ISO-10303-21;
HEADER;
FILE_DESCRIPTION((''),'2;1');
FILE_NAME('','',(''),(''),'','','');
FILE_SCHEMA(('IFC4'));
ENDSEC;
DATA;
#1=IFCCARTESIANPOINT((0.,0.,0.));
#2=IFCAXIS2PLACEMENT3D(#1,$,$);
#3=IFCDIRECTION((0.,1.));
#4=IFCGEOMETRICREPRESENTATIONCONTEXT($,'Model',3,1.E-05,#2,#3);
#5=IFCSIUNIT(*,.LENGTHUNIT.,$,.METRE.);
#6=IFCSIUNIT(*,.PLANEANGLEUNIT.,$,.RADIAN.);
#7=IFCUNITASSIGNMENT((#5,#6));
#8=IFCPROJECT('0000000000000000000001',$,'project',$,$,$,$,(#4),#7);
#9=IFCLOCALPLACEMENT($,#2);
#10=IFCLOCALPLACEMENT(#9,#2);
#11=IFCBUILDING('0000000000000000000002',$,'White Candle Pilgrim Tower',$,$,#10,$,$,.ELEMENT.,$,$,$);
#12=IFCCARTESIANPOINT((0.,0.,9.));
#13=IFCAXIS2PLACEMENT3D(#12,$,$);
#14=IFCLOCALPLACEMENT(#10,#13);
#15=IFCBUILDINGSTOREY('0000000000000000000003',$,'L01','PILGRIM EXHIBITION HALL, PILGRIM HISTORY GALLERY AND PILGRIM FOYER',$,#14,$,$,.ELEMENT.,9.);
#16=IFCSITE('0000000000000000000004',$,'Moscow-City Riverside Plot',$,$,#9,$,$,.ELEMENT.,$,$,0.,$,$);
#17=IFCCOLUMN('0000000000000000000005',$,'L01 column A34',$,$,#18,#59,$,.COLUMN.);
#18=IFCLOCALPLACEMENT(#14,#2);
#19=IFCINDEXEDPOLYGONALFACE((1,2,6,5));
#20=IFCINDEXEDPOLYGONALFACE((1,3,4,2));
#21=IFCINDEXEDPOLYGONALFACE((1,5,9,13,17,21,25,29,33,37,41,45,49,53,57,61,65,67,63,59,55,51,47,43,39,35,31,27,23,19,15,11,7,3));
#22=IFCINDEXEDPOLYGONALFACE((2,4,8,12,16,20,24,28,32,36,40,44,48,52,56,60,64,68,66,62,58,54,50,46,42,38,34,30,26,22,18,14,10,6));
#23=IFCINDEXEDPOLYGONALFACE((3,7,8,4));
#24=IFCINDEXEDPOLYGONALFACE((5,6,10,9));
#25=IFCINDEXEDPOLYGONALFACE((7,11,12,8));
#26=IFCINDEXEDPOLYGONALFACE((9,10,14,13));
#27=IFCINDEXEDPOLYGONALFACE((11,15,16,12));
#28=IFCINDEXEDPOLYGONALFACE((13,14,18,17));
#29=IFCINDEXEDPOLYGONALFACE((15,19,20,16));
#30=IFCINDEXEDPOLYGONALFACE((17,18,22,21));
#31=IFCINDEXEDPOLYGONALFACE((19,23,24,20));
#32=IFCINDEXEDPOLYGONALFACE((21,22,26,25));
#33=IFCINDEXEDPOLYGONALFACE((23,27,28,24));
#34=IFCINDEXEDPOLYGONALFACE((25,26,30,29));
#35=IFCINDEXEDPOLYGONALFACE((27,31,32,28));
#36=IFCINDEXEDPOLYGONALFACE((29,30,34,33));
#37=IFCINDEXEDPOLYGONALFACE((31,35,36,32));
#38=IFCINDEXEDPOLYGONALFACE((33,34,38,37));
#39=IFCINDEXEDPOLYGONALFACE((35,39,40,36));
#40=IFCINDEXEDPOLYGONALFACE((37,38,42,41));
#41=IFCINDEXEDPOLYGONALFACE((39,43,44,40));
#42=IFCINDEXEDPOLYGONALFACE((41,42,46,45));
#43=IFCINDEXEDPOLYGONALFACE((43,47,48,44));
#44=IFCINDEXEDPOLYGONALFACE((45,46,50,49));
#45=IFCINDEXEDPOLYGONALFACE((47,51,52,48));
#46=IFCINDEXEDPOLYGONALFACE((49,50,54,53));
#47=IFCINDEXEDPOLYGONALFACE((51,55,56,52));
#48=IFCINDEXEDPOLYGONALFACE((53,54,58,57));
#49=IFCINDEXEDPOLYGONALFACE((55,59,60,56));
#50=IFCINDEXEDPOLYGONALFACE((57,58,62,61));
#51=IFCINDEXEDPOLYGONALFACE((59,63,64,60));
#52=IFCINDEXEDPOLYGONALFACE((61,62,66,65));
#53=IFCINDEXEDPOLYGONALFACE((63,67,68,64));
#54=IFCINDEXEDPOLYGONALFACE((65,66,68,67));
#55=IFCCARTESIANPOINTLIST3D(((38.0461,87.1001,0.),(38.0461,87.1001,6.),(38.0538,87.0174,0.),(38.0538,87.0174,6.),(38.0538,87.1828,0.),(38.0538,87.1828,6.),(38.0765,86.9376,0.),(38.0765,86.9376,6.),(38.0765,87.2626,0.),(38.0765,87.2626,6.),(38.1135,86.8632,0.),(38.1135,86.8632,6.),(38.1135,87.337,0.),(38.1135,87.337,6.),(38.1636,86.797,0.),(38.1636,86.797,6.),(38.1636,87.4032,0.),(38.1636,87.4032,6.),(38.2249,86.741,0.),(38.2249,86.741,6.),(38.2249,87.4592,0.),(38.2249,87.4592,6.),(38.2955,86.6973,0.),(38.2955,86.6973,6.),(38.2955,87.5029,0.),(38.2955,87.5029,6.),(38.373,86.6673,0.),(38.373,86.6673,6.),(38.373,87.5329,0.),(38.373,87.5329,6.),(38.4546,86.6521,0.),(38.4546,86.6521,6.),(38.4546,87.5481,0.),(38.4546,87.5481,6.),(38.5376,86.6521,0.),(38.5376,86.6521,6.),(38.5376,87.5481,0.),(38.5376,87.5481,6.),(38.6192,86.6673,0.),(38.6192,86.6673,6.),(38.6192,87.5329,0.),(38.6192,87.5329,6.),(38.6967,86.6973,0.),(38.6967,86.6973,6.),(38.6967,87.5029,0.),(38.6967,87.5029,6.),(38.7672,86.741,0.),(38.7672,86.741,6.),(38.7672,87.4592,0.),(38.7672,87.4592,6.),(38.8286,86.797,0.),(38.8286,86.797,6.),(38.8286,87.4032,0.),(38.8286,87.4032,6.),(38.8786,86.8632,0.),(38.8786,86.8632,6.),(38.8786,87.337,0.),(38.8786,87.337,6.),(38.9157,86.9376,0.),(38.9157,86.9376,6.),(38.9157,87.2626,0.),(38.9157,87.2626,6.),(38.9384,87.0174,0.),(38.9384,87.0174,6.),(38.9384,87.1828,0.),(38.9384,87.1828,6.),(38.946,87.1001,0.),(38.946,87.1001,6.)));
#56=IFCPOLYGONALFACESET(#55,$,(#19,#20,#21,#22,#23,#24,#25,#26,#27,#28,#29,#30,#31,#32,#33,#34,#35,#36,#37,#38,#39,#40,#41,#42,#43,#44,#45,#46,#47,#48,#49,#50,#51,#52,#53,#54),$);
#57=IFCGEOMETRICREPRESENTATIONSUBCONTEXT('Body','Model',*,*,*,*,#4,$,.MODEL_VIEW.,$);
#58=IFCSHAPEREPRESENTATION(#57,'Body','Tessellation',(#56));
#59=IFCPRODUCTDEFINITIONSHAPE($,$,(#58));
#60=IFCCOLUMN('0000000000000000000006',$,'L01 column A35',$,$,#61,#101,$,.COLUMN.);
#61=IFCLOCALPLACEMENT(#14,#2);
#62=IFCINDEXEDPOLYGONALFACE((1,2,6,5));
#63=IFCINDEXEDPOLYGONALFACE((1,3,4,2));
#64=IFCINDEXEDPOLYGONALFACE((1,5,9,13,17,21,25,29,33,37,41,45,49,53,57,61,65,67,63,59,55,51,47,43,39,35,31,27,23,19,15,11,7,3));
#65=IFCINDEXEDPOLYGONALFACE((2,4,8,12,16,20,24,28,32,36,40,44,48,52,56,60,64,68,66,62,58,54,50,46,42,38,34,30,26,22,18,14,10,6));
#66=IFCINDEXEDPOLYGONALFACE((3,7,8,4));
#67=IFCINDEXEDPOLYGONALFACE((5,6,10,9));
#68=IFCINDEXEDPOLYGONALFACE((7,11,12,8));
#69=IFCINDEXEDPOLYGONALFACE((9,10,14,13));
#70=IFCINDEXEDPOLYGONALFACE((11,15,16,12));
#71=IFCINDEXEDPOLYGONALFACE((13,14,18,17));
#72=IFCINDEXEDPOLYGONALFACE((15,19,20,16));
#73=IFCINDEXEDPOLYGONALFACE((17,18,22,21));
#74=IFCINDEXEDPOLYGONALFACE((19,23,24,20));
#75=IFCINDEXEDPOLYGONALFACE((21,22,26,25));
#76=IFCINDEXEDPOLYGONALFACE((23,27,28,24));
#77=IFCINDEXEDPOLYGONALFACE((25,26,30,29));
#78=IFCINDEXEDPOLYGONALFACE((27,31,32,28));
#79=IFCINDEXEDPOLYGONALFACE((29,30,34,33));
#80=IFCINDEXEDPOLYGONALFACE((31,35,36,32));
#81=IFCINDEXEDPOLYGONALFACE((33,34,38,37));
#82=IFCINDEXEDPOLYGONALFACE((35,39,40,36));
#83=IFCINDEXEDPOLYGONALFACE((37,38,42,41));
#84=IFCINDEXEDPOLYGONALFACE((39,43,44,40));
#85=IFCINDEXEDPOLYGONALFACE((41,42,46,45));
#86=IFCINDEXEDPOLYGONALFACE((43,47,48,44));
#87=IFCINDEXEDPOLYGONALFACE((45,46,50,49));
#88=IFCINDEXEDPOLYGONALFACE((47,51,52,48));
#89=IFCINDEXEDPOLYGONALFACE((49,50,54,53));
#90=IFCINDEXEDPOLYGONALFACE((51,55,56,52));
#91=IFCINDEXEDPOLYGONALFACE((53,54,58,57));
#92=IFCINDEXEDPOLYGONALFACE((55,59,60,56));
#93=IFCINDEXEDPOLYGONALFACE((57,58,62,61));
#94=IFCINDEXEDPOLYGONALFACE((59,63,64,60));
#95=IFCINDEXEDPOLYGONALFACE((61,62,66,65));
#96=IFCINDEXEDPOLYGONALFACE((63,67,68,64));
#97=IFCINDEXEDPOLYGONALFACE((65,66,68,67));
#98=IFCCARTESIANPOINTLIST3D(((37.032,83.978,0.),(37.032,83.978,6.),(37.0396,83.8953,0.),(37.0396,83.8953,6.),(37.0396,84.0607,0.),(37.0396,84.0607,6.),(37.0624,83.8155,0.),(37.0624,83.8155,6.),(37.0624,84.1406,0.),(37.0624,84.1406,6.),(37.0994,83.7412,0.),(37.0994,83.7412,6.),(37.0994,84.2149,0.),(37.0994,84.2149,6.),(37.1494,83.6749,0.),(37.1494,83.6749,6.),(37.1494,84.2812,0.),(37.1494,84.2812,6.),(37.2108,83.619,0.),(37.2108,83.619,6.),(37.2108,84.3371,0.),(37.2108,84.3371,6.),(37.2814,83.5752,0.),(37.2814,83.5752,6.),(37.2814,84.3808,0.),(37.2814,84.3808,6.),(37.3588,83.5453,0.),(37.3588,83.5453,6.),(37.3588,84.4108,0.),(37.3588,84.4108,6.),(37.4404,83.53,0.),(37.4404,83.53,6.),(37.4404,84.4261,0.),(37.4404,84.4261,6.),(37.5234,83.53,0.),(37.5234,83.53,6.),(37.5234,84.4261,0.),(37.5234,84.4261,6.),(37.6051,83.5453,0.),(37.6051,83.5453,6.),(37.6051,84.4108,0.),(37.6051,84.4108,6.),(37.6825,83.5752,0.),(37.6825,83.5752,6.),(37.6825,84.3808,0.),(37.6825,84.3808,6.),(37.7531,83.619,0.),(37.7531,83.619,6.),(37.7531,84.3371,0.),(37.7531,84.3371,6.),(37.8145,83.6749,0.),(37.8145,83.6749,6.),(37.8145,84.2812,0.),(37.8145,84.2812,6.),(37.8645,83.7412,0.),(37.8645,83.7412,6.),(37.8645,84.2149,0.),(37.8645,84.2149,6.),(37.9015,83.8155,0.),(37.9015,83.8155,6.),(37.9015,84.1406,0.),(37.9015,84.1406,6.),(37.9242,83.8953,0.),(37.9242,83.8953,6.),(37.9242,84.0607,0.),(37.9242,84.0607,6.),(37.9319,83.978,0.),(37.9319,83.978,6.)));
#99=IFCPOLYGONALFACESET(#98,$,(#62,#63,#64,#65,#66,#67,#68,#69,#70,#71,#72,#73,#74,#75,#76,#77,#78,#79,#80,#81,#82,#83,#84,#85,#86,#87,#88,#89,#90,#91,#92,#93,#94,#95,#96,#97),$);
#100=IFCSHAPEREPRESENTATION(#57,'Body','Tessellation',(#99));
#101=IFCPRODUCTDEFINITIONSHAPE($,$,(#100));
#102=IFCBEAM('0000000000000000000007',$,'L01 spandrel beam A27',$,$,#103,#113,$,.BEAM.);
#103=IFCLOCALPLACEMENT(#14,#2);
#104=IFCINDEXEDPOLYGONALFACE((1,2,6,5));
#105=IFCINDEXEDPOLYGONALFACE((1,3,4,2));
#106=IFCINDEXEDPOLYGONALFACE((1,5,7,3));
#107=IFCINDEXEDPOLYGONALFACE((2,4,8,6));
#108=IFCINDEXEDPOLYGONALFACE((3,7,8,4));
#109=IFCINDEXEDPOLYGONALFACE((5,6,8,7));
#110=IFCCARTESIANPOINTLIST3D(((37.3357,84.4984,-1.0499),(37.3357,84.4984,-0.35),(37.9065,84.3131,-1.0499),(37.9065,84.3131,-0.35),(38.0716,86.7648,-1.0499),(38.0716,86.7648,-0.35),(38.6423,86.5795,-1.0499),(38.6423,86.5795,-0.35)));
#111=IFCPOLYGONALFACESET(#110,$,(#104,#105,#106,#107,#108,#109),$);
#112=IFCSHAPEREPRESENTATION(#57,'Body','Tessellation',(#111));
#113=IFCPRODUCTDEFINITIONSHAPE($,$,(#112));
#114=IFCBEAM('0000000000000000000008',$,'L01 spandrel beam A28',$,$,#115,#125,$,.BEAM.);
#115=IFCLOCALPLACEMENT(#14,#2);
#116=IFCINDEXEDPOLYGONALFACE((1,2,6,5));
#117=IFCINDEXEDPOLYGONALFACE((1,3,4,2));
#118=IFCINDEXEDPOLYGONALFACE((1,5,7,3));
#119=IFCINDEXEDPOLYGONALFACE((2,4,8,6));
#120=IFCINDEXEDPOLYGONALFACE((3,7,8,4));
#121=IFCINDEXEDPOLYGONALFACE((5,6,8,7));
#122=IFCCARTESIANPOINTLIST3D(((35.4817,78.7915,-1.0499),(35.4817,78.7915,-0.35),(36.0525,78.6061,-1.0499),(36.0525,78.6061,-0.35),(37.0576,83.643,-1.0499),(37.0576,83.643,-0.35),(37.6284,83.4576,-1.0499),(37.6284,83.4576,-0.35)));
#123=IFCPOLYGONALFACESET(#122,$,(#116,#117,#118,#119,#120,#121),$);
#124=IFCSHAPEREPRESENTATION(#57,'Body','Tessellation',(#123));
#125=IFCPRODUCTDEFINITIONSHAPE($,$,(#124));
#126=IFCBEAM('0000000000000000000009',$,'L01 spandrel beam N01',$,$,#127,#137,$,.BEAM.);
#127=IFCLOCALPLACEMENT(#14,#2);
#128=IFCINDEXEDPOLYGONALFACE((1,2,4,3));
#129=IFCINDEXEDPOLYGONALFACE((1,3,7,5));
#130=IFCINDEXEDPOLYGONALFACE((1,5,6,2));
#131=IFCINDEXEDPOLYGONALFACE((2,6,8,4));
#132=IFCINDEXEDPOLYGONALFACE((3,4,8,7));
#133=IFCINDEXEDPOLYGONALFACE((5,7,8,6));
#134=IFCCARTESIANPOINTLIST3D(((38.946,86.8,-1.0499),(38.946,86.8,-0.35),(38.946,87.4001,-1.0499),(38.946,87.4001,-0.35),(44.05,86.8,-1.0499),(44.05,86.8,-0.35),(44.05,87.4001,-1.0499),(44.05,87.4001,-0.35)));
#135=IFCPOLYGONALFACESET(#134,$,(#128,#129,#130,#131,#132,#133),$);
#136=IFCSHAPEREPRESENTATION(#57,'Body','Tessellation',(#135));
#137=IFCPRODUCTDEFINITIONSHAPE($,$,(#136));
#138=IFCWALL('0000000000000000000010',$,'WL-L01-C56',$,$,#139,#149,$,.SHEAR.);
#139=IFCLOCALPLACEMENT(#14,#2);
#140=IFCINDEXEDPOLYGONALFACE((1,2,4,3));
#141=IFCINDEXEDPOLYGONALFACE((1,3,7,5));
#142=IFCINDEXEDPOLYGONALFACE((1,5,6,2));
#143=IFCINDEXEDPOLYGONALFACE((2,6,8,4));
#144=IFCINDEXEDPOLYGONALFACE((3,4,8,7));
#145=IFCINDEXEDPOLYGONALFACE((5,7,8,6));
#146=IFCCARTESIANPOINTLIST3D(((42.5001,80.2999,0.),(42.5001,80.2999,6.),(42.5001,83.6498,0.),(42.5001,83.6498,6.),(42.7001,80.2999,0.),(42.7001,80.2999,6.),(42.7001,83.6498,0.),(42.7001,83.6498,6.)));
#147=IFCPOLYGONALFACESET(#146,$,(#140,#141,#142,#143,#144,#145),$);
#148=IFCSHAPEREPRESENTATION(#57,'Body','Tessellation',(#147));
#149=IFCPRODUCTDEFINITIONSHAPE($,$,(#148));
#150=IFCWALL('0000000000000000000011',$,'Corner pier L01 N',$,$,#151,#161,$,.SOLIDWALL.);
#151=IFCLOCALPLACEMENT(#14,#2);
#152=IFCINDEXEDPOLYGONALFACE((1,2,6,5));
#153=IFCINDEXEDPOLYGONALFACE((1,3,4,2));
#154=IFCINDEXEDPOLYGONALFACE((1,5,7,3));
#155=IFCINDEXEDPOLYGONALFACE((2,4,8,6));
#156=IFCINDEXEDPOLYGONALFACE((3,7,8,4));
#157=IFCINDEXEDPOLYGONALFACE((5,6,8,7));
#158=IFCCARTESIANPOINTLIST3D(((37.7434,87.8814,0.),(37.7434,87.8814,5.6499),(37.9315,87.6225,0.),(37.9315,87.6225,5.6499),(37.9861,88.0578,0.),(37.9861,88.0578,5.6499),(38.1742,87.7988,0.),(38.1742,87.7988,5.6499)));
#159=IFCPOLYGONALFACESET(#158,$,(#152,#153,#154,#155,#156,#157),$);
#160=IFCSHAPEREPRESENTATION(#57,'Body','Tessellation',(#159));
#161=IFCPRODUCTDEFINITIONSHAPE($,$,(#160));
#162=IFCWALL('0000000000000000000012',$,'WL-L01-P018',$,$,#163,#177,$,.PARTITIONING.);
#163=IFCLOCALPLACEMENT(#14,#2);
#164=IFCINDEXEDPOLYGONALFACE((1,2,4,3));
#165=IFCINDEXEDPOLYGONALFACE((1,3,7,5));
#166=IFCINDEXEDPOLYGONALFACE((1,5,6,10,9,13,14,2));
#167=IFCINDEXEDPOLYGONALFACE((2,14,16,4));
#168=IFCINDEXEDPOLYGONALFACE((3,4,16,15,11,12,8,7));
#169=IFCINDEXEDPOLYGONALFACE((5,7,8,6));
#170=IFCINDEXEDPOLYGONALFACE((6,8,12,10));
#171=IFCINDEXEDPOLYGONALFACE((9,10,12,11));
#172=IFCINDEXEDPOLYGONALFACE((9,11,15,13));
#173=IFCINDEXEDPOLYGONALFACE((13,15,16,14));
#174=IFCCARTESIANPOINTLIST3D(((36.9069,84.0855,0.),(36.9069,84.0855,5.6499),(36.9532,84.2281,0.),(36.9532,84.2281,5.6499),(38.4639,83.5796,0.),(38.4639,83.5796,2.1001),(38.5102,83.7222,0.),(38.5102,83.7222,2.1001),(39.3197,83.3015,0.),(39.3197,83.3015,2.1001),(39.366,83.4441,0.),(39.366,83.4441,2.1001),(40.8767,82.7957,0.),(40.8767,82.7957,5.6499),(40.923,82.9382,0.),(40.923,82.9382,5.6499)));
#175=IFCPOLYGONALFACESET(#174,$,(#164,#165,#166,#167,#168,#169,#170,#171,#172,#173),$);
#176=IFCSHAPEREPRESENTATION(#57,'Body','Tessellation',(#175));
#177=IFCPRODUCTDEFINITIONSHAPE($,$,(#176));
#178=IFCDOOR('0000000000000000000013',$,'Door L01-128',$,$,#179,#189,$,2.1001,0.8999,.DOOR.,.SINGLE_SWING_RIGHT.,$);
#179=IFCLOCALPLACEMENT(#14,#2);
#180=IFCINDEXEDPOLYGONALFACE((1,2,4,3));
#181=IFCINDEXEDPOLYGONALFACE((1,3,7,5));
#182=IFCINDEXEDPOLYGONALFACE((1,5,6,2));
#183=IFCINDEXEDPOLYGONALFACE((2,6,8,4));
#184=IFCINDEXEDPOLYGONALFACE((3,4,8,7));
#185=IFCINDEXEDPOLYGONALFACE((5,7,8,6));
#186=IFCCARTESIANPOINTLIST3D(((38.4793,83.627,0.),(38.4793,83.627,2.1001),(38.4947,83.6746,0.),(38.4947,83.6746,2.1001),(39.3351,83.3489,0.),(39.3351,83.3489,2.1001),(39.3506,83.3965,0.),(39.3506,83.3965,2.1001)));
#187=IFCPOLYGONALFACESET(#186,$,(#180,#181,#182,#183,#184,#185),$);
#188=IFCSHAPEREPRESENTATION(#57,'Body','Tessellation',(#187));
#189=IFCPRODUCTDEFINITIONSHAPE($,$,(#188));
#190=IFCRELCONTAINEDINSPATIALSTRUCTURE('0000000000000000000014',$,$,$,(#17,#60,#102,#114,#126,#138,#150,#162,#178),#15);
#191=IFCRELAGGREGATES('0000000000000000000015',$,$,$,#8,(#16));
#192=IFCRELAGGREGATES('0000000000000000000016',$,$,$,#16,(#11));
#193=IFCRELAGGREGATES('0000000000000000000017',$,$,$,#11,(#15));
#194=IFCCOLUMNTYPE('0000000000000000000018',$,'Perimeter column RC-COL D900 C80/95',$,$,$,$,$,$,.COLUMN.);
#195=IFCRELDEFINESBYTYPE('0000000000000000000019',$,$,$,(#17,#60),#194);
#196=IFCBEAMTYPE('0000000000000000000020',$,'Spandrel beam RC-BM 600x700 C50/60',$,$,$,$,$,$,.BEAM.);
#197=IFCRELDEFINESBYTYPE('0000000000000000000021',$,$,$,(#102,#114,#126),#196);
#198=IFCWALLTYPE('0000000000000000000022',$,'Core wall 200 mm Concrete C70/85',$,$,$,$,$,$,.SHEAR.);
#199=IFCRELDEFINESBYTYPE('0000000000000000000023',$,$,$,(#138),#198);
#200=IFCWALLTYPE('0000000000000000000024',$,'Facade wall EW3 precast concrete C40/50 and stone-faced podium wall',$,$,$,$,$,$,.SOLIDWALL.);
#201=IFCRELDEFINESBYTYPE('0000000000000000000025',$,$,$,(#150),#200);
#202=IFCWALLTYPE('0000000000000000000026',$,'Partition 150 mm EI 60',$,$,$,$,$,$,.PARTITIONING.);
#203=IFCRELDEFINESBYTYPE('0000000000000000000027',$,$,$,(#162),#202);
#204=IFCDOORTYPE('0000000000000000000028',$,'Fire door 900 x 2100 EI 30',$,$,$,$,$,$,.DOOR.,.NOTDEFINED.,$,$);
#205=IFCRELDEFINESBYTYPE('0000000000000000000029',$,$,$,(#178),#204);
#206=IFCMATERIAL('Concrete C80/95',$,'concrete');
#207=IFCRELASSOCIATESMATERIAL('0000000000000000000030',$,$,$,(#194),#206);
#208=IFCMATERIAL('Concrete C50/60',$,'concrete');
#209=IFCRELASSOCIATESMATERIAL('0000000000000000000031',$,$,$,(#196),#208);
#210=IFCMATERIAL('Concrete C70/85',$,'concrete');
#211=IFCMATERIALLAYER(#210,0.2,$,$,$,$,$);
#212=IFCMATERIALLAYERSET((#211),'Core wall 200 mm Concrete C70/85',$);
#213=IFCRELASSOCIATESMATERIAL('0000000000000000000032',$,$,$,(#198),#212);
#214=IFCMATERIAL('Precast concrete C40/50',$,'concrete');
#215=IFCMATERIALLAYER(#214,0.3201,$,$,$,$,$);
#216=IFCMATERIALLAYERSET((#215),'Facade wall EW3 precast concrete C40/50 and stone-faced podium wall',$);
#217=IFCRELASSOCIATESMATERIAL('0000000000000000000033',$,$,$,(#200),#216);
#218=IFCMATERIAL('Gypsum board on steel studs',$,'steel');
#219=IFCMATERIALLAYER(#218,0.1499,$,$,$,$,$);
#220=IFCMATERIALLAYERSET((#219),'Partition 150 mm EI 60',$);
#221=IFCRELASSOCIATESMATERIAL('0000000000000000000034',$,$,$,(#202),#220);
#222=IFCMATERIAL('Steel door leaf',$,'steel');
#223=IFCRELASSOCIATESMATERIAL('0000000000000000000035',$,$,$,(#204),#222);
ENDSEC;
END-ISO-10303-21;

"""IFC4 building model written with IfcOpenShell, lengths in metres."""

from ifc_helpers import new_model, si_unit, direction, frame, frame_2d, origin, origin_2d, place, context, subcontext, project, spatial, rectangle, circle, extrude, material, layer, layer_set, material_profile, profile_set, type_object, element, fill, save


model = new_model("IFC4")

# Units and contexts
model_context = context("Model", 3, precision=1e-05, world=origin(), true_north=direction((0.0, 1.0)))
body_context = subcontext(model_context, "Body", "Model", "MODEL_VIEW")
ifc_project = project(units=[si_unit("LENGTHUNIT", "METRE"), si_unit("PLANEANGLEUNIT", "RADIAN")], contexts=[model_context])

# Site, building, storey
site_placement = place(None, origin())
site = spatial("IfcSite", under=ifc_project, at=site_placement, Name="Moscow-City Riverside Plot", CompositionType="ELEMENT", RefElevation=0.0)
building_placement = place(site_placement, origin())
building = spatial("IfcBuilding", under=site, at=building_placement, Name="White Candle Pilgrim Tower", CompositionType="ELEMENT")
storey_placement = place(building_placement, frame((0.0, 0.0, 9.0)))
storey = spatial("IfcBuildingStorey", under=building, at=storey_placement, Name="L01", Description="PILGRIM EXHIBITION HALL, PILGRIM HISTORY GALLERY AND PILGRIM FOYER", CompositionType="ELEMENT", Elevation=9.0)

# Columns
ifc_material_1 = material(Name="Concrete C80/95", Category="concrete")
ifc_material_profile_1 = material_profile(ifc_material_1, circle(Radius=0.45, at=origin_2d()), Name="RC-COL D900")
ifc_profile_set_1 = profile_set([ifc_material_profile_1], Name="Concrete C80/95")
column_type = type_object("IfcColumnType", Name="Perimeter column RC-COL D900 C80/95", PredefinedType="COLUMN", material=ifc_profile_set_1)
for number, where, z_axis, x_axis, name in (
    (1, (38.4961, 87.1001, 0.0), (0.0, 0.0, 1.0), (1.0, 0.0, 0.0), "L01 column A34"),
    (2, (37.4819, 83.978, 0.0), (0.0, 0.0, 1.0), (1.0, 0.0, 0.0), "L01 column A35"),
):
    element("IfcColumn", number, at=place(storey_placement, frame(where, z_axis=z_axis, x_axis=x_axis)), inside=storey, type_object=column_type, Name=name, PredefinedType="COLUMN", context=body_context, shape_type="SweptSolid", body=[
        extrude(circle(Radius=0.45, at=origin_2d()), origin(), (0.0, 0.0, 1.0), 6.0),
    ])

# Beams
ifc_material_2 = material(Name="Concrete C50/60", Category="concrete")
ifc_material_profile_2 = material_profile(ifc_material_2, rectangle(XDim=0.6001, YDim=0.7, at=origin_2d()), Name="RC-BM 600x700")
ifc_profile_set_2 = profile_set([ifc_material_profile_2], Name="Concrete C50/60")
beam_type = type_object("IfcBeamType", Name="Spandrel beam RC-BM 600x700 C50/60", PredefinedType="BEAM", material=ifc_profile_set_2)
beam_1_placement = place(storey_placement, frame((38.3569, 86.6721, -0.7), z_axis=(-0.30881, -0.951124, 0.0), x_axis=(0.951124, -0.30881, 0.0)))
element("IfcBeam", 3, at=beam_1_placement, inside=storey, type_object=beam_type, Name="L01 spandrel beam A27", PredefinedType="BEAM", context=body_context, shape_type="SweptSolid", body=[
    extrude(rectangle(XDim=0.6001, YDim=0.7, at=origin_2d()), origin(), (0.0, 0.0, 1.0), 2.3828),
])
beam_2_placement = place(storey_placement, frame((37.343, 83.5503, -0.7), z_axis=(-0.308939, -0.951082, 0.0), x_axis=(0.951082, -0.308939, 0.0)))
element("IfcBeam", 4, at=beam_2_placement, inside=storey, type_object=beam_type, Name="L01 spandrel beam A28", PredefinedType="BEAM", context=body_context, shape_type="SweptSolid", body=[
    extrude(rectangle(XDim=0.6001, YDim=0.7, at=origin_2d()), origin(), (0.0, 0.0, 1.0), 5.1011),
])
beam_3_placement = place(storey_placement, frame((38.946, 87.1001, -0.7), z_axis=(1.0, 0.0, 0.0), x_axis=(0.0, 1.0, 0.0)))
element("IfcBeam", 5, at=beam_3_placement, inside=storey, type_object=beam_type, Name="L01 spandrel beam N01", PredefinedType="BEAM", context=body_context, shape_type="SweptSolid", body=[
    extrude(rectangle(XDim=0.6001, YDim=0.7, at=origin_2d()), origin(), (0.0, 0.0, 1.0), 5.104),
])

# Walls
ifc_material_3 = material(Name="Concrete C70/85", Category="concrete")
ifc_layer_1 = layer(ifc_material_3, 0.2)
ifc_layer_set_1 = layer_set([ifc_layer_1], Name="Core wall 200 mm Concrete C70/85")
wall_type_1 = type_object("IfcWallType", Name="Core wall 200 mm Concrete C70/85", PredefinedType="SHEAR", material=ifc_layer_set_1)
wall_1_placement = place(storey_placement, frame((42.6001, 80.3, 0.0), z_axis=(0.0, 0.0, 1.0), x_axis=(0.0, 1.0, 0.0)))
element("IfcWall", 6, at=wall_1_placement, inside=storey, type_object=wall_type_1, Name="WL-L01-C56", PredefinedType="SHEAR", context=body_context, shape_type="SweptSolid", body=[
    extrude(rectangle(XDim=3.3499, YDim=0.2, at=frame_2d((1.6748, 0.0))), origin(), (0.0, 0.0, 1.0), 6.0),
])
ifc_material_4 = material(Name="Precast concrete C40/50", Category="concrete")
ifc_layer_2 = layer(ifc_material_4, 0.3201)
ifc_layer_set_2 = layer_set([ifc_layer_2], Name="Facade wall EW3 precast concrete C40/50 and stone-faced podium wall")
wall_type_2 = type_object("IfcWallType", Name="Facade wall EW3 precast concrete C40/50 and stone-faced podium wall", PredefinedType="SOLIDWALL", material=ifc_layer_set_2)
wall_2_placement = place(storey_placement, frame((38.0801, 87.9282, 0.0), z_axis=(0.0, 0.0, 1.0), x_axis=(-0.809088, -0.587688, 0.0)))
element("IfcWall", 7, at=wall_2_placement, inside=storey, type_object=wall_type_2, Name="Corner pier L01 N", PredefinedType="SOLIDWALL", context=body_context, shape_type="SweptSolid", body=[
    extrude(rectangle(XDim=0.3, YDim=0.3201, at=frame_2d((0.1499, 0.0))), origin(), (0.0, 0.0, 1.0), 5.6499),
])

# Wall, opening, door
ifc_material_5 = material(Name="Gypsum board on steel studs", Category="steel")
ifc_layer_3 = layer(ifc_material_5, 0.1499)
ifc_layer_set_3 = layer_set([ifc_layer_3], Name="Partition 150 mm EI 60")
wall_type_3 = type_object("IfcWallType", Name="Partition 150 mm EI 60", PredefinedType="PARTITIONING", material=ifc_layer_set_3)
wall_3_placement = place(storey_placement, frame((36.9302, 84.1567, 0.0), z_axis=(0.0, 0.0, 1.0), x_axis=(0.95106, -0.309007, 0.0)))
wall_3 = element("IfcWall", 8, at=wall_3_placement, inside=storey, type_object=wall_type_3, Name="WL-L01-P018", PredefinedType="PARTITIONING", context=body_context, shape_type="SweptSolid", body=[
    extrude(rectangle(XDim=4.1741, YDim=0.1499, at=frame_2d((2.0869, 0.0))), origin(), (0.0, 0.0, 1.0), 5.6499),
])
opening_1_placement = place(wall_3_placement, frame((1.637, 0.0, 0.0)))
opening_1 = element("IfcOpeningElement", 9, at=opening_1_placement, cuts=wall_3, PredefinedType="OPENING", context=body_context, shape_type="SweptSolid", body=[
    extrude(rectangle(XDim=0.8999, YDim=2.1001, at=frame_2d((0.45, 1.05))), frame((0.0, 0.085, 0.0), z_axis=(0.0, -1.0, 0.0), x_axis=(1.0, 0.0, 0.0)), (0.0, 0.0, 1.0), 0.1699),
])
ifc_material_6 = material(Name="Steel door leaf", Category="steel")
door_type = type_object("IfcDoorType", Name="Fire door 900 x 2100 EI 30", OperationType="NOTDEFINED", PredefinedType="DOOR", material=ifc_material_6)
door_placement = place(opening_1_placement, origin())
door = element("IfcDoor", 10, at=door_placement, inside=storey, type_object=door_type, Name="Door L01-128", OperationType="SINGLE_SWING_RIGHT", OverallHeight=2.1001, OverallWidth=0.8999, PredefinedType="DOOR", context=body_context, shape_type="SweptSolid", body=[
    extrude(rectangle(XDim=0.8999, YDim=2.1001, at=frame_2d((0.45, 1.05))), frame((0.0, 0.0249, 0.0), z_axis=(0.0, -1.0, 0.0), x_axis=(1.0, 0.0, 0.0)), (0.0, 0.0, 1.0), 0.05),
])
fill(opening_1, door)

save(model, "model.ifc")
